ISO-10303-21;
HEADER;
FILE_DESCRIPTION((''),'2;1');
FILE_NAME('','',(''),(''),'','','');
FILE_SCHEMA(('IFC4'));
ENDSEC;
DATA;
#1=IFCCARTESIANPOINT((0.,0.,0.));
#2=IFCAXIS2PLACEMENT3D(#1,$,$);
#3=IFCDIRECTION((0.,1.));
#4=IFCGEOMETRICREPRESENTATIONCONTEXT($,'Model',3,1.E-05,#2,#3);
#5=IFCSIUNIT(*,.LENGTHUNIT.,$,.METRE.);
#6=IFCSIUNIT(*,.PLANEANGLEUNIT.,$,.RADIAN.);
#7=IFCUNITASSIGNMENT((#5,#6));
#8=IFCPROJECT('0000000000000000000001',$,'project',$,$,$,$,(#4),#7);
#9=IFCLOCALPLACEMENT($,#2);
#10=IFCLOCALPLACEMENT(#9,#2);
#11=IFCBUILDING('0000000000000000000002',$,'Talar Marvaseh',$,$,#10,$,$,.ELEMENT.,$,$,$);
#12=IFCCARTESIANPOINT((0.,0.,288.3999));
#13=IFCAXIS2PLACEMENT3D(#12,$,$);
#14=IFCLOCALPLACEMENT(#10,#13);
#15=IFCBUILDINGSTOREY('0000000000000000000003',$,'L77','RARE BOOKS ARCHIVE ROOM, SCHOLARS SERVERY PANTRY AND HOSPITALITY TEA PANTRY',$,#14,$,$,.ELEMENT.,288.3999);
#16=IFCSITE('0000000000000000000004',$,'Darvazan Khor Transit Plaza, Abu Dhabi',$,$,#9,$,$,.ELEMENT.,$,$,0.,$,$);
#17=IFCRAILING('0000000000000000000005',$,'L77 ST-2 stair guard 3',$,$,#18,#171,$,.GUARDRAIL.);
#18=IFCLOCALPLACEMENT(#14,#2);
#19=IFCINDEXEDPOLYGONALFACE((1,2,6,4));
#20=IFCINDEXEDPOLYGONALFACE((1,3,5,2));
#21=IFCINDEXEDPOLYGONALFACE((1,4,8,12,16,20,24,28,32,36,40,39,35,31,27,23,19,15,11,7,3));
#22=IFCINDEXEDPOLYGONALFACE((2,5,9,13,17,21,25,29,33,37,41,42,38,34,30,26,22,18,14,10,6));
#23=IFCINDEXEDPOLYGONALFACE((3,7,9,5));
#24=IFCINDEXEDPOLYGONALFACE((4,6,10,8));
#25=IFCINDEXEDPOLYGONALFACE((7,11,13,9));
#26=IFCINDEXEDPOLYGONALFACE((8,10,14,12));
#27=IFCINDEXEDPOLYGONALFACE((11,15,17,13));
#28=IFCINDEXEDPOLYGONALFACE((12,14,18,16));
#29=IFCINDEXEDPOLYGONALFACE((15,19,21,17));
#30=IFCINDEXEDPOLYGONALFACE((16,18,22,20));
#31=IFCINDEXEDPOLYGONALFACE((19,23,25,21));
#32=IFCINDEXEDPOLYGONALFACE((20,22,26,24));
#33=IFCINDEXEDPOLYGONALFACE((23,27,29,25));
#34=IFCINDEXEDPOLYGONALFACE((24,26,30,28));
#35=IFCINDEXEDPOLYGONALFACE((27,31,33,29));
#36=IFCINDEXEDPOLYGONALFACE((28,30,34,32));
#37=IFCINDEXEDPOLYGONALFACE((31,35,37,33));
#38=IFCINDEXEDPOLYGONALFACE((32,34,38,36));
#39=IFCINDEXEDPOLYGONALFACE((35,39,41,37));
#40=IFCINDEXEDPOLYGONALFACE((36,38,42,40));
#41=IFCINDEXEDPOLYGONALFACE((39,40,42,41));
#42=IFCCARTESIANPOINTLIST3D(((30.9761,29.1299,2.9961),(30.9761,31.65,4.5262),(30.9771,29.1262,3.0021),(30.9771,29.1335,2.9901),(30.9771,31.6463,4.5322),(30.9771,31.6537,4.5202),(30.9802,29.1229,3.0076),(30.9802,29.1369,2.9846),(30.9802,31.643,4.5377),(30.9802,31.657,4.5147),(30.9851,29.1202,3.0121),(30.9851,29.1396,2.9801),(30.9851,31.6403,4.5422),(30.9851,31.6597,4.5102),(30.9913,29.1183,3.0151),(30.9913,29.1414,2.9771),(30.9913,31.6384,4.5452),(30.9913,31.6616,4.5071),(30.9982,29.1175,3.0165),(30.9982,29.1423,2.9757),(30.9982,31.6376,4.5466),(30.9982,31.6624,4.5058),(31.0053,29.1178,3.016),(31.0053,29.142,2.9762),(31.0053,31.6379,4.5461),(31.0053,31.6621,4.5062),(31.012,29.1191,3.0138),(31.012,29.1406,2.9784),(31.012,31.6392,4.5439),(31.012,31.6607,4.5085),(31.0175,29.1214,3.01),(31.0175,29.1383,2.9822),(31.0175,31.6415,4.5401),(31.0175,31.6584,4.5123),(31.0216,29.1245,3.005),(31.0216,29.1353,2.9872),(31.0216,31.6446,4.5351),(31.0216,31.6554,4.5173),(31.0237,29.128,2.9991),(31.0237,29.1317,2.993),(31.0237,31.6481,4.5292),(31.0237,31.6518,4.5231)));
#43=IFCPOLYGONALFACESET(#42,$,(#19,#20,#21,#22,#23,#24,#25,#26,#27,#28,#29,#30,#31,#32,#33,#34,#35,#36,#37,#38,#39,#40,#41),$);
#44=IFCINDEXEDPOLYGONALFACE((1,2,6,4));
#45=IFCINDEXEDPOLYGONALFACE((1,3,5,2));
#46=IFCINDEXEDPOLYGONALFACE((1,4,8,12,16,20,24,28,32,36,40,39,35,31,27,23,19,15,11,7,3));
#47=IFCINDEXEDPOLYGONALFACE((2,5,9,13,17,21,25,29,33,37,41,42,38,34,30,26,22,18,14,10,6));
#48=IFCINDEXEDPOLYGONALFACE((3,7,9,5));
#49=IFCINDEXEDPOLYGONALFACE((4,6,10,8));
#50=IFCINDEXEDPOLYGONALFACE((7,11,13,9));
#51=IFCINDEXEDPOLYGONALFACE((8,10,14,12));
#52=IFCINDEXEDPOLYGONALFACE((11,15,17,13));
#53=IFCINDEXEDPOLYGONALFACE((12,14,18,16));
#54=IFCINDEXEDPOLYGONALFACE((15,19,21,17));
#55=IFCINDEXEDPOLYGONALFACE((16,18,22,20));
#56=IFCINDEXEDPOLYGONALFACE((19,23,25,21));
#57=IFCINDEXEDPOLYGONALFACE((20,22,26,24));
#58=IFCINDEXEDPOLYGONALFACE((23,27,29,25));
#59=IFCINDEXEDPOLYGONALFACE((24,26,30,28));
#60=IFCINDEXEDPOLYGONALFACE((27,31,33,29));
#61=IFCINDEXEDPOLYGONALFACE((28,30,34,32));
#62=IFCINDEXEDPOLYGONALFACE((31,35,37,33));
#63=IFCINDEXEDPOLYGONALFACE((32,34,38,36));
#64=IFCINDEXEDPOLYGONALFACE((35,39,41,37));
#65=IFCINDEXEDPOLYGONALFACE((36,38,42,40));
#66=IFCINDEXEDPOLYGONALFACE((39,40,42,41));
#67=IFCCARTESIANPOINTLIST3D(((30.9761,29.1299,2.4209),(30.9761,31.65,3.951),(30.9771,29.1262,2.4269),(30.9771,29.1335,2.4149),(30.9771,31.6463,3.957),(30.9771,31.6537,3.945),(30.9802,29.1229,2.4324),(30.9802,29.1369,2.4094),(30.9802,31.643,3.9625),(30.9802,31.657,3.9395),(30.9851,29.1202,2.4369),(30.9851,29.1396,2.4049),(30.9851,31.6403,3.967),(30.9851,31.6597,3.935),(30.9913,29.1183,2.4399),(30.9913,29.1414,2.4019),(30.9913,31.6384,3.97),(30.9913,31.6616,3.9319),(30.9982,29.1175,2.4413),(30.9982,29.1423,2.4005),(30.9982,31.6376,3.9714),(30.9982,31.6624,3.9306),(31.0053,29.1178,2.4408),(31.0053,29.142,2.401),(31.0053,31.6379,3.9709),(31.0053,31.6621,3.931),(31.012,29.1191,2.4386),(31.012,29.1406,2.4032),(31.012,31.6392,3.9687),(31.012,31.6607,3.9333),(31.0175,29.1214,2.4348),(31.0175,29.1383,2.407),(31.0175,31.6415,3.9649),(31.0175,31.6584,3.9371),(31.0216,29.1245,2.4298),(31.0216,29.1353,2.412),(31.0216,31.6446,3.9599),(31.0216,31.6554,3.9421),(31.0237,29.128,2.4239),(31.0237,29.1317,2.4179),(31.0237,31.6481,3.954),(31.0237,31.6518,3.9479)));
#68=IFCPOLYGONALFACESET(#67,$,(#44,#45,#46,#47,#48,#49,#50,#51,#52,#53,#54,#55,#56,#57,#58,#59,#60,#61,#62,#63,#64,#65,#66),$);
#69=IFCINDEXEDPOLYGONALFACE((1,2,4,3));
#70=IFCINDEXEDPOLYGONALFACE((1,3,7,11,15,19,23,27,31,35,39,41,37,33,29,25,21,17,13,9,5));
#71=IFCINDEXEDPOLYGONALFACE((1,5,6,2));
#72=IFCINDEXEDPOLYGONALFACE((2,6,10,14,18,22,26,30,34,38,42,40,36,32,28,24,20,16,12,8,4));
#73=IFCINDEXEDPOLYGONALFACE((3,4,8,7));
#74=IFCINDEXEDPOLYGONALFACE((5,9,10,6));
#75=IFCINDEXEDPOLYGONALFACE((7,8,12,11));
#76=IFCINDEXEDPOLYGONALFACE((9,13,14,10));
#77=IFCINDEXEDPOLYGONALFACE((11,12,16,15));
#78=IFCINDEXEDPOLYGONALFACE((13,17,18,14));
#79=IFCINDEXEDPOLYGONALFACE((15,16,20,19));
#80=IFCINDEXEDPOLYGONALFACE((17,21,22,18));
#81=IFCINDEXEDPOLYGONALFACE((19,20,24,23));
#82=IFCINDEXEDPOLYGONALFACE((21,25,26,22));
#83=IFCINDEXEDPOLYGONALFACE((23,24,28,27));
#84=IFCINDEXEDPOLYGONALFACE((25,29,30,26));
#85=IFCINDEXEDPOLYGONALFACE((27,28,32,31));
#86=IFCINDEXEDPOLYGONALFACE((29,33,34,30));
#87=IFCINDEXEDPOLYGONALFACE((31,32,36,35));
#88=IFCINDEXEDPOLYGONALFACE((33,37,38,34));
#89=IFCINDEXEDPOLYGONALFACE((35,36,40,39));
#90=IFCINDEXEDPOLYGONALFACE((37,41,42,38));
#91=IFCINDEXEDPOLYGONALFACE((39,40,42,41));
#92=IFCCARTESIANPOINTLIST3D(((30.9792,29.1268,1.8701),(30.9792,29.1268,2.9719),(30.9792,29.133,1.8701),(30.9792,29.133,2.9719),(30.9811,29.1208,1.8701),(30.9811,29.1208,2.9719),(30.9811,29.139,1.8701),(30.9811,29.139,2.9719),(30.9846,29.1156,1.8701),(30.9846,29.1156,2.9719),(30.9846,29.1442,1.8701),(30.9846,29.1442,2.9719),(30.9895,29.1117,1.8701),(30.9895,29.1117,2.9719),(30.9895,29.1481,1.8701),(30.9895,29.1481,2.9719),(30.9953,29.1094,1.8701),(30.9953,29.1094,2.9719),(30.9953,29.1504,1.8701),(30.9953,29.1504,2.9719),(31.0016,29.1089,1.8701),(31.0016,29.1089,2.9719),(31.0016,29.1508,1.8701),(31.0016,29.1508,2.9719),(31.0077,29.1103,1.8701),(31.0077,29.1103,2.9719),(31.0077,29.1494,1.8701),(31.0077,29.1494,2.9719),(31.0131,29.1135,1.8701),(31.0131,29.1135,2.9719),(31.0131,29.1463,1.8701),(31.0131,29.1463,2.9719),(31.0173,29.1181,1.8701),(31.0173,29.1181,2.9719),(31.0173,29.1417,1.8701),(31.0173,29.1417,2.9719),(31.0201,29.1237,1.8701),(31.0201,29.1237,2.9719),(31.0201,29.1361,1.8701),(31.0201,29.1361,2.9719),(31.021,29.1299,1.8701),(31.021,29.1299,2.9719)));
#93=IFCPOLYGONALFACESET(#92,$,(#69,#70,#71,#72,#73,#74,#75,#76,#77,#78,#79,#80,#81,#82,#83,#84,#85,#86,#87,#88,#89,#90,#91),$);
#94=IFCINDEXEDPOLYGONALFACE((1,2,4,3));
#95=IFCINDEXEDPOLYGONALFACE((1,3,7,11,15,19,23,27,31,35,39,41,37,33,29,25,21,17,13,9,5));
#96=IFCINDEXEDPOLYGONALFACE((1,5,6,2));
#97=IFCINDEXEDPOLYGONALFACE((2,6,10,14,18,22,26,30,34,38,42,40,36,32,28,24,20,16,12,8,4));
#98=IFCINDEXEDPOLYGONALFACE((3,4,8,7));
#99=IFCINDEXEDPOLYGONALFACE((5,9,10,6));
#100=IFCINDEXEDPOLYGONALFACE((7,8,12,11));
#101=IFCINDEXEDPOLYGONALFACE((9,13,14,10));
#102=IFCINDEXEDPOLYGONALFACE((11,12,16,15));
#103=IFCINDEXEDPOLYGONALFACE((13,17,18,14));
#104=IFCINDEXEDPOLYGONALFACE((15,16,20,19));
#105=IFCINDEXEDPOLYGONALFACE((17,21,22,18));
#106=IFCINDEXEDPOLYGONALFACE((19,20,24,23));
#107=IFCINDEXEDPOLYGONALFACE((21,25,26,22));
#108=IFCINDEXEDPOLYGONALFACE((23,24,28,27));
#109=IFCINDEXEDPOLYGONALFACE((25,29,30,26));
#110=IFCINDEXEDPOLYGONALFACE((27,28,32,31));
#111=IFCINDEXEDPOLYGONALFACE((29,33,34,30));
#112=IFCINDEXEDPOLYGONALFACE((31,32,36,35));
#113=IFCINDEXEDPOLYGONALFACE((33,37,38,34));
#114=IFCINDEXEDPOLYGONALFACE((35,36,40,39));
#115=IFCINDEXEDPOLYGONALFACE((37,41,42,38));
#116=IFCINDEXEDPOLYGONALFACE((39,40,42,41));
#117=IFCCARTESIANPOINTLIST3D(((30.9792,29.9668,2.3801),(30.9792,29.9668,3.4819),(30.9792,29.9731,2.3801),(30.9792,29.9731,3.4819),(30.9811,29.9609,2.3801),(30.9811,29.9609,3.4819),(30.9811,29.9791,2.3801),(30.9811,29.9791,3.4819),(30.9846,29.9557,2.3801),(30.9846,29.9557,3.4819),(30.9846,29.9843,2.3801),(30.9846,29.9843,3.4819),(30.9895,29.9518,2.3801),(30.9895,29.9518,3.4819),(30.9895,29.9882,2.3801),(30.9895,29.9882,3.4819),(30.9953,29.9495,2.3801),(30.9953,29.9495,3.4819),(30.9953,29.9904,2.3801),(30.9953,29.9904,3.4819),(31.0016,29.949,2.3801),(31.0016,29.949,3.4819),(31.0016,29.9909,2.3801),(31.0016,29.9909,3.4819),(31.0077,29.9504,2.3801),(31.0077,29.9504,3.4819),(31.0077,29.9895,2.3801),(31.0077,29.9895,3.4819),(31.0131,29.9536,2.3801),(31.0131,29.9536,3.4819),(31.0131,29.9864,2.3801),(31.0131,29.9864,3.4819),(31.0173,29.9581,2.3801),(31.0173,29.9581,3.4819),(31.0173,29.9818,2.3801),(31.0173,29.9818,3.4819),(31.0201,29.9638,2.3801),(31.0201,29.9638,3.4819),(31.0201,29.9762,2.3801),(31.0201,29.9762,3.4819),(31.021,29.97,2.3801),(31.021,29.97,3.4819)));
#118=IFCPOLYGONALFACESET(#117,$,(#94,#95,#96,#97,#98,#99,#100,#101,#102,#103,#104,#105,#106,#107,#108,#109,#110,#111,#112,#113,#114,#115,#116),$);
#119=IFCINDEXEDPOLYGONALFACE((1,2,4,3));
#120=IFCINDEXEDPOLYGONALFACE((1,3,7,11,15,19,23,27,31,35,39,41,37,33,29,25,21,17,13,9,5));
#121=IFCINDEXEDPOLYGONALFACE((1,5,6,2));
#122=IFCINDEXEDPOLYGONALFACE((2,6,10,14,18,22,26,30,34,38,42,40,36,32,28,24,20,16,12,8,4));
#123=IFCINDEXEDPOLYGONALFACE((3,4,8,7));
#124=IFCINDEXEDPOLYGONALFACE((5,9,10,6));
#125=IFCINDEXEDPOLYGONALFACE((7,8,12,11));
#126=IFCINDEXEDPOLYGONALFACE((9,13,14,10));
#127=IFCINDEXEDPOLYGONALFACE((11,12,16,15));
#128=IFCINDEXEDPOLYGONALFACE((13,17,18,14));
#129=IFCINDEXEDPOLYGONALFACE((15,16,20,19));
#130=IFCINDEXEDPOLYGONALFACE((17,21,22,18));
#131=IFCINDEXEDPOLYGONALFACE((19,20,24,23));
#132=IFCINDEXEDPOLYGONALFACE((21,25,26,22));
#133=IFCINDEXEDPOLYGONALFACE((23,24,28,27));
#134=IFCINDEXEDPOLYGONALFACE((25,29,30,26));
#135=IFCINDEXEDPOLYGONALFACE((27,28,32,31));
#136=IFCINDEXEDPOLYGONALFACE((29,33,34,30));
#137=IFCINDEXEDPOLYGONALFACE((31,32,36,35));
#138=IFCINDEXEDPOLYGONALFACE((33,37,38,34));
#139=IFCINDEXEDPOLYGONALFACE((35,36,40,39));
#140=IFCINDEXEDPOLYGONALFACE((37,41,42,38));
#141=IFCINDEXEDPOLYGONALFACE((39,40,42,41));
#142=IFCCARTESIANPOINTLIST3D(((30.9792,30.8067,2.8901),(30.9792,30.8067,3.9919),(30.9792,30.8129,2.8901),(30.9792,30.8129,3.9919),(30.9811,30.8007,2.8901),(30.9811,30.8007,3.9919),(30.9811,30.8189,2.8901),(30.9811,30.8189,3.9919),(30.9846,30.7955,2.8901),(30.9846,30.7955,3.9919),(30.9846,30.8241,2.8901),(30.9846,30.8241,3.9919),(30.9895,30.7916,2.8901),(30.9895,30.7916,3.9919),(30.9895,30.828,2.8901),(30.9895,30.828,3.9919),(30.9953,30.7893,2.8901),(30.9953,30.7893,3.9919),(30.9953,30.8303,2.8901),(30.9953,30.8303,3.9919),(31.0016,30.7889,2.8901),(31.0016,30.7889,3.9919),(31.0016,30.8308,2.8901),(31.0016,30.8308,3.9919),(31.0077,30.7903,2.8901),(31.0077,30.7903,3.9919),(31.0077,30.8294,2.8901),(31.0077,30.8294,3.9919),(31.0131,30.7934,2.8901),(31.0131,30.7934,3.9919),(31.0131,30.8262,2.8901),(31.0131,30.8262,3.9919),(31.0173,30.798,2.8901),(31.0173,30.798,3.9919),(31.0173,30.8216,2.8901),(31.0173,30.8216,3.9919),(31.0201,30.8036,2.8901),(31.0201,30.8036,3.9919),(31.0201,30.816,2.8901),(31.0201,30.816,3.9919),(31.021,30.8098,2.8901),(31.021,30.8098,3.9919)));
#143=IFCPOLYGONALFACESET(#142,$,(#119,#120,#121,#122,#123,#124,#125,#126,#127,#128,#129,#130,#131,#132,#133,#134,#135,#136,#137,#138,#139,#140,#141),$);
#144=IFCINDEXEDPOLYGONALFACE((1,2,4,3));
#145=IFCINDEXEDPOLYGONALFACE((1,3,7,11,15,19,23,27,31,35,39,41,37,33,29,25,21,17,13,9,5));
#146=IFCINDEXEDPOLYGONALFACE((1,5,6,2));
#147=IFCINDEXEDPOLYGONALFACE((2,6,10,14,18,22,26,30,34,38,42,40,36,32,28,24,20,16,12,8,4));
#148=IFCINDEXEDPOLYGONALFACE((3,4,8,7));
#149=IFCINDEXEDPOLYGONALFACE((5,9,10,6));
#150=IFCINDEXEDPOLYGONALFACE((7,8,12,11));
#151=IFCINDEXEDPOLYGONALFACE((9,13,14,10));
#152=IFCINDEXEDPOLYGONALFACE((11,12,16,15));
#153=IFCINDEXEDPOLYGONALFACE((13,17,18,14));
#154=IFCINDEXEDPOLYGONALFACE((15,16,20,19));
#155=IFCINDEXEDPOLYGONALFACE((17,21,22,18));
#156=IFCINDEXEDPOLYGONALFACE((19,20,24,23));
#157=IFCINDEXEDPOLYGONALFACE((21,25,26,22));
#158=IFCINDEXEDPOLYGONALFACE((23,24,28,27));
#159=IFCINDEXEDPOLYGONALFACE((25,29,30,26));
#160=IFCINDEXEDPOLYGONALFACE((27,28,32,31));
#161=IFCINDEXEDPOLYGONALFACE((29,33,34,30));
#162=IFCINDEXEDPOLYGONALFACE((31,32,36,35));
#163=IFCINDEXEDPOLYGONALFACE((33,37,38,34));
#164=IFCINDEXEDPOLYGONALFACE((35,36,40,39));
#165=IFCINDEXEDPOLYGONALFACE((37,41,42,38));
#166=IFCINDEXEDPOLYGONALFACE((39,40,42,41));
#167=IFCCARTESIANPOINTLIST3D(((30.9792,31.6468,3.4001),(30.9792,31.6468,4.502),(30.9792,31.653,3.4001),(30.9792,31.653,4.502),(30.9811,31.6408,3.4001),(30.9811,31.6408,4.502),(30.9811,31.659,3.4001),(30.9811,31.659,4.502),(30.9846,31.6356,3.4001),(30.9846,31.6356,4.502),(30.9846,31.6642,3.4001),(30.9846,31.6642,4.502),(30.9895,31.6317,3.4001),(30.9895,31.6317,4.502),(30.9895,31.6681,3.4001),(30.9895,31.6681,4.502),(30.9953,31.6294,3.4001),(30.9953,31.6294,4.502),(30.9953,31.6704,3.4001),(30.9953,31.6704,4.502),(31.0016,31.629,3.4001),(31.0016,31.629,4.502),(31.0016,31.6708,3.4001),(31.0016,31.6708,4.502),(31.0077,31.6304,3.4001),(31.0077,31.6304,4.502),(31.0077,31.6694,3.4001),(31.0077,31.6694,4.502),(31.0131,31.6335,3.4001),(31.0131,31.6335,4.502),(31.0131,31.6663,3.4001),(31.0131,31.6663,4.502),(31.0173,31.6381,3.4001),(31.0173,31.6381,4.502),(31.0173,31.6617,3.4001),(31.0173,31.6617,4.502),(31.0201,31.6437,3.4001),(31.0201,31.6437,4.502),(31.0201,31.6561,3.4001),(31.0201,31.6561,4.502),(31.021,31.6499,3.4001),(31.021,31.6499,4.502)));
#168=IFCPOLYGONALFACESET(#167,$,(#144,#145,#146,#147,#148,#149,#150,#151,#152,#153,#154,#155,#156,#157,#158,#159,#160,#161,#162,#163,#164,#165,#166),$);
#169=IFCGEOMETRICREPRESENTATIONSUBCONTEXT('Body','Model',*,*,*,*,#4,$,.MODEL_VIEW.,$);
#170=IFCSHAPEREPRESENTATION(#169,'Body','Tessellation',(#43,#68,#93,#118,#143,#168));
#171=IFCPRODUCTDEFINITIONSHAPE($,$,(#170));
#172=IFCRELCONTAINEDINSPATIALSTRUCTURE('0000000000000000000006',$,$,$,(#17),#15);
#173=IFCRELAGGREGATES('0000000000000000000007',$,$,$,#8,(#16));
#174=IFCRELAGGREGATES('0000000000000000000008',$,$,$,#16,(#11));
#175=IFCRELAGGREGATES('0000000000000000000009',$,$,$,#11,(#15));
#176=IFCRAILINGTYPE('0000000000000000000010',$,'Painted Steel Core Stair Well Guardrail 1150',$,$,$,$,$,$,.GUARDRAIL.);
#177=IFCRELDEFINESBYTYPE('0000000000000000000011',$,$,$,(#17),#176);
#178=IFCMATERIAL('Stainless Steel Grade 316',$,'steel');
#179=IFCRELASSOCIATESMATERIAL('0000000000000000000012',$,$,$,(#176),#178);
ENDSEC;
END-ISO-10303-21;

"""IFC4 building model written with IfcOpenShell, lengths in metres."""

from ifc_helpers import new_model, si_unit, direction, frame, origin, origin_2d, place, context, subcontext, project, spatial, circle, extrude, material, type_object, element, save


model = new_model("IFC4")

# Units and contexts
model_context = context("Model", 3, precision=1e-05, world=origin(), true_north=direction((0.0, 1.0)))
body_context = subcontext(model_context, "Body", "Model", "MODEL_VIEW")
ifc_project = project(units=[si_unit("LENGTHUNIT", "METRE"), si_unit("PLANEANGLEUNIT", "RADIAN")], contexts=[model_context])

# Site, building, storey
site_placement = place(None, origin())
site = spatial("IfcSite", under=ifc_project, at=site_placement, Name="Darvazan Khor Transit Plaza, Abu Dhabi", CompositionType="ELEMENT", RefElevation=0.0)
building_placement = place(site_placement, origin())
building = spatial("IfcBuilding", under=site, at=building_placement, Name="Talar Marvaseh", CompositionType="ELEMENT")
storey_placement = place(building_placement, frame((0.0, 0.0, 288.3999)))
storey = spatial("IfcBuildingStorey", under=building, at=storey_placement, Name="L77", Description="RARE BOOKS ARCHIVE ROOM, SCHOLARS SERVERY PANTRY AND HOSPITALITY TEA PANTRY", CompositionType="ELEMENT", Elevation=288.3999)

# Shared definitions
ifc_material_1 = material(Name="Stainless Steel Grade 316", Category="steel")

# Railing
railing_type_1 = type_object("IfcRailingType", Name="Painted Steel Core Stair Well Guardrail 1150", PredefinedType="GUARDRAIL", material=ifc_material_1)
railing_1_placement = place(storey_placement, frame((31.0, 29.1299, 1.8701)))
element("IfcRailing", 1, at=railing_1_placement, inside=storey, type_object=railing_type_1, Name="L77 ST-2 stair guard 3", PredefinedType="GUARDRAIL", context=body_context, shape_type="SweptSolid", body=[
    extrude(circle(Radius=0.0239, at=origin_2d()), frame((0.0, 0.0, 1.126), z_axis=(0.0, 0.854785, 0.518982), x_axis=(-1.0, 0.0, 0.0)), (0.0, 0.0, 1.0), 2.9482),
    extrude(circle(Radius=0.0239, at=origin_2d()), frame((0.0, 0.0, 0.5508), z_axis=(0.0, 0.854785, 0.518982), x_axis=(-1.0, 0.0, 0.0)), (0.0, 0.0, 1.0), 2.9482),
    extrude(circle(Radius=0.021, at=origin_2d()), origin(), (0.0, 0.0, 1.0), 1.1018),
    extrude(circle(Radius=0.021, at=origin_2d()), frame((0.0, 0.8401, 0.51)), (0.0, 0.0, 1.0), 1.1018),
    extrude(circle(Radius=0.021, at=origin_2d()), frame((0.0, 1.6799, 1.02)), (0.0, 0.0, 1.0), 1.1018),
    extrude(circle(Radius=0.021, at=origin_2d()), frame((0.0, 2.52, 1.53)), (0.0, 0.0, 1.0), 1.1018),
])

save(model, "model.ifc")
